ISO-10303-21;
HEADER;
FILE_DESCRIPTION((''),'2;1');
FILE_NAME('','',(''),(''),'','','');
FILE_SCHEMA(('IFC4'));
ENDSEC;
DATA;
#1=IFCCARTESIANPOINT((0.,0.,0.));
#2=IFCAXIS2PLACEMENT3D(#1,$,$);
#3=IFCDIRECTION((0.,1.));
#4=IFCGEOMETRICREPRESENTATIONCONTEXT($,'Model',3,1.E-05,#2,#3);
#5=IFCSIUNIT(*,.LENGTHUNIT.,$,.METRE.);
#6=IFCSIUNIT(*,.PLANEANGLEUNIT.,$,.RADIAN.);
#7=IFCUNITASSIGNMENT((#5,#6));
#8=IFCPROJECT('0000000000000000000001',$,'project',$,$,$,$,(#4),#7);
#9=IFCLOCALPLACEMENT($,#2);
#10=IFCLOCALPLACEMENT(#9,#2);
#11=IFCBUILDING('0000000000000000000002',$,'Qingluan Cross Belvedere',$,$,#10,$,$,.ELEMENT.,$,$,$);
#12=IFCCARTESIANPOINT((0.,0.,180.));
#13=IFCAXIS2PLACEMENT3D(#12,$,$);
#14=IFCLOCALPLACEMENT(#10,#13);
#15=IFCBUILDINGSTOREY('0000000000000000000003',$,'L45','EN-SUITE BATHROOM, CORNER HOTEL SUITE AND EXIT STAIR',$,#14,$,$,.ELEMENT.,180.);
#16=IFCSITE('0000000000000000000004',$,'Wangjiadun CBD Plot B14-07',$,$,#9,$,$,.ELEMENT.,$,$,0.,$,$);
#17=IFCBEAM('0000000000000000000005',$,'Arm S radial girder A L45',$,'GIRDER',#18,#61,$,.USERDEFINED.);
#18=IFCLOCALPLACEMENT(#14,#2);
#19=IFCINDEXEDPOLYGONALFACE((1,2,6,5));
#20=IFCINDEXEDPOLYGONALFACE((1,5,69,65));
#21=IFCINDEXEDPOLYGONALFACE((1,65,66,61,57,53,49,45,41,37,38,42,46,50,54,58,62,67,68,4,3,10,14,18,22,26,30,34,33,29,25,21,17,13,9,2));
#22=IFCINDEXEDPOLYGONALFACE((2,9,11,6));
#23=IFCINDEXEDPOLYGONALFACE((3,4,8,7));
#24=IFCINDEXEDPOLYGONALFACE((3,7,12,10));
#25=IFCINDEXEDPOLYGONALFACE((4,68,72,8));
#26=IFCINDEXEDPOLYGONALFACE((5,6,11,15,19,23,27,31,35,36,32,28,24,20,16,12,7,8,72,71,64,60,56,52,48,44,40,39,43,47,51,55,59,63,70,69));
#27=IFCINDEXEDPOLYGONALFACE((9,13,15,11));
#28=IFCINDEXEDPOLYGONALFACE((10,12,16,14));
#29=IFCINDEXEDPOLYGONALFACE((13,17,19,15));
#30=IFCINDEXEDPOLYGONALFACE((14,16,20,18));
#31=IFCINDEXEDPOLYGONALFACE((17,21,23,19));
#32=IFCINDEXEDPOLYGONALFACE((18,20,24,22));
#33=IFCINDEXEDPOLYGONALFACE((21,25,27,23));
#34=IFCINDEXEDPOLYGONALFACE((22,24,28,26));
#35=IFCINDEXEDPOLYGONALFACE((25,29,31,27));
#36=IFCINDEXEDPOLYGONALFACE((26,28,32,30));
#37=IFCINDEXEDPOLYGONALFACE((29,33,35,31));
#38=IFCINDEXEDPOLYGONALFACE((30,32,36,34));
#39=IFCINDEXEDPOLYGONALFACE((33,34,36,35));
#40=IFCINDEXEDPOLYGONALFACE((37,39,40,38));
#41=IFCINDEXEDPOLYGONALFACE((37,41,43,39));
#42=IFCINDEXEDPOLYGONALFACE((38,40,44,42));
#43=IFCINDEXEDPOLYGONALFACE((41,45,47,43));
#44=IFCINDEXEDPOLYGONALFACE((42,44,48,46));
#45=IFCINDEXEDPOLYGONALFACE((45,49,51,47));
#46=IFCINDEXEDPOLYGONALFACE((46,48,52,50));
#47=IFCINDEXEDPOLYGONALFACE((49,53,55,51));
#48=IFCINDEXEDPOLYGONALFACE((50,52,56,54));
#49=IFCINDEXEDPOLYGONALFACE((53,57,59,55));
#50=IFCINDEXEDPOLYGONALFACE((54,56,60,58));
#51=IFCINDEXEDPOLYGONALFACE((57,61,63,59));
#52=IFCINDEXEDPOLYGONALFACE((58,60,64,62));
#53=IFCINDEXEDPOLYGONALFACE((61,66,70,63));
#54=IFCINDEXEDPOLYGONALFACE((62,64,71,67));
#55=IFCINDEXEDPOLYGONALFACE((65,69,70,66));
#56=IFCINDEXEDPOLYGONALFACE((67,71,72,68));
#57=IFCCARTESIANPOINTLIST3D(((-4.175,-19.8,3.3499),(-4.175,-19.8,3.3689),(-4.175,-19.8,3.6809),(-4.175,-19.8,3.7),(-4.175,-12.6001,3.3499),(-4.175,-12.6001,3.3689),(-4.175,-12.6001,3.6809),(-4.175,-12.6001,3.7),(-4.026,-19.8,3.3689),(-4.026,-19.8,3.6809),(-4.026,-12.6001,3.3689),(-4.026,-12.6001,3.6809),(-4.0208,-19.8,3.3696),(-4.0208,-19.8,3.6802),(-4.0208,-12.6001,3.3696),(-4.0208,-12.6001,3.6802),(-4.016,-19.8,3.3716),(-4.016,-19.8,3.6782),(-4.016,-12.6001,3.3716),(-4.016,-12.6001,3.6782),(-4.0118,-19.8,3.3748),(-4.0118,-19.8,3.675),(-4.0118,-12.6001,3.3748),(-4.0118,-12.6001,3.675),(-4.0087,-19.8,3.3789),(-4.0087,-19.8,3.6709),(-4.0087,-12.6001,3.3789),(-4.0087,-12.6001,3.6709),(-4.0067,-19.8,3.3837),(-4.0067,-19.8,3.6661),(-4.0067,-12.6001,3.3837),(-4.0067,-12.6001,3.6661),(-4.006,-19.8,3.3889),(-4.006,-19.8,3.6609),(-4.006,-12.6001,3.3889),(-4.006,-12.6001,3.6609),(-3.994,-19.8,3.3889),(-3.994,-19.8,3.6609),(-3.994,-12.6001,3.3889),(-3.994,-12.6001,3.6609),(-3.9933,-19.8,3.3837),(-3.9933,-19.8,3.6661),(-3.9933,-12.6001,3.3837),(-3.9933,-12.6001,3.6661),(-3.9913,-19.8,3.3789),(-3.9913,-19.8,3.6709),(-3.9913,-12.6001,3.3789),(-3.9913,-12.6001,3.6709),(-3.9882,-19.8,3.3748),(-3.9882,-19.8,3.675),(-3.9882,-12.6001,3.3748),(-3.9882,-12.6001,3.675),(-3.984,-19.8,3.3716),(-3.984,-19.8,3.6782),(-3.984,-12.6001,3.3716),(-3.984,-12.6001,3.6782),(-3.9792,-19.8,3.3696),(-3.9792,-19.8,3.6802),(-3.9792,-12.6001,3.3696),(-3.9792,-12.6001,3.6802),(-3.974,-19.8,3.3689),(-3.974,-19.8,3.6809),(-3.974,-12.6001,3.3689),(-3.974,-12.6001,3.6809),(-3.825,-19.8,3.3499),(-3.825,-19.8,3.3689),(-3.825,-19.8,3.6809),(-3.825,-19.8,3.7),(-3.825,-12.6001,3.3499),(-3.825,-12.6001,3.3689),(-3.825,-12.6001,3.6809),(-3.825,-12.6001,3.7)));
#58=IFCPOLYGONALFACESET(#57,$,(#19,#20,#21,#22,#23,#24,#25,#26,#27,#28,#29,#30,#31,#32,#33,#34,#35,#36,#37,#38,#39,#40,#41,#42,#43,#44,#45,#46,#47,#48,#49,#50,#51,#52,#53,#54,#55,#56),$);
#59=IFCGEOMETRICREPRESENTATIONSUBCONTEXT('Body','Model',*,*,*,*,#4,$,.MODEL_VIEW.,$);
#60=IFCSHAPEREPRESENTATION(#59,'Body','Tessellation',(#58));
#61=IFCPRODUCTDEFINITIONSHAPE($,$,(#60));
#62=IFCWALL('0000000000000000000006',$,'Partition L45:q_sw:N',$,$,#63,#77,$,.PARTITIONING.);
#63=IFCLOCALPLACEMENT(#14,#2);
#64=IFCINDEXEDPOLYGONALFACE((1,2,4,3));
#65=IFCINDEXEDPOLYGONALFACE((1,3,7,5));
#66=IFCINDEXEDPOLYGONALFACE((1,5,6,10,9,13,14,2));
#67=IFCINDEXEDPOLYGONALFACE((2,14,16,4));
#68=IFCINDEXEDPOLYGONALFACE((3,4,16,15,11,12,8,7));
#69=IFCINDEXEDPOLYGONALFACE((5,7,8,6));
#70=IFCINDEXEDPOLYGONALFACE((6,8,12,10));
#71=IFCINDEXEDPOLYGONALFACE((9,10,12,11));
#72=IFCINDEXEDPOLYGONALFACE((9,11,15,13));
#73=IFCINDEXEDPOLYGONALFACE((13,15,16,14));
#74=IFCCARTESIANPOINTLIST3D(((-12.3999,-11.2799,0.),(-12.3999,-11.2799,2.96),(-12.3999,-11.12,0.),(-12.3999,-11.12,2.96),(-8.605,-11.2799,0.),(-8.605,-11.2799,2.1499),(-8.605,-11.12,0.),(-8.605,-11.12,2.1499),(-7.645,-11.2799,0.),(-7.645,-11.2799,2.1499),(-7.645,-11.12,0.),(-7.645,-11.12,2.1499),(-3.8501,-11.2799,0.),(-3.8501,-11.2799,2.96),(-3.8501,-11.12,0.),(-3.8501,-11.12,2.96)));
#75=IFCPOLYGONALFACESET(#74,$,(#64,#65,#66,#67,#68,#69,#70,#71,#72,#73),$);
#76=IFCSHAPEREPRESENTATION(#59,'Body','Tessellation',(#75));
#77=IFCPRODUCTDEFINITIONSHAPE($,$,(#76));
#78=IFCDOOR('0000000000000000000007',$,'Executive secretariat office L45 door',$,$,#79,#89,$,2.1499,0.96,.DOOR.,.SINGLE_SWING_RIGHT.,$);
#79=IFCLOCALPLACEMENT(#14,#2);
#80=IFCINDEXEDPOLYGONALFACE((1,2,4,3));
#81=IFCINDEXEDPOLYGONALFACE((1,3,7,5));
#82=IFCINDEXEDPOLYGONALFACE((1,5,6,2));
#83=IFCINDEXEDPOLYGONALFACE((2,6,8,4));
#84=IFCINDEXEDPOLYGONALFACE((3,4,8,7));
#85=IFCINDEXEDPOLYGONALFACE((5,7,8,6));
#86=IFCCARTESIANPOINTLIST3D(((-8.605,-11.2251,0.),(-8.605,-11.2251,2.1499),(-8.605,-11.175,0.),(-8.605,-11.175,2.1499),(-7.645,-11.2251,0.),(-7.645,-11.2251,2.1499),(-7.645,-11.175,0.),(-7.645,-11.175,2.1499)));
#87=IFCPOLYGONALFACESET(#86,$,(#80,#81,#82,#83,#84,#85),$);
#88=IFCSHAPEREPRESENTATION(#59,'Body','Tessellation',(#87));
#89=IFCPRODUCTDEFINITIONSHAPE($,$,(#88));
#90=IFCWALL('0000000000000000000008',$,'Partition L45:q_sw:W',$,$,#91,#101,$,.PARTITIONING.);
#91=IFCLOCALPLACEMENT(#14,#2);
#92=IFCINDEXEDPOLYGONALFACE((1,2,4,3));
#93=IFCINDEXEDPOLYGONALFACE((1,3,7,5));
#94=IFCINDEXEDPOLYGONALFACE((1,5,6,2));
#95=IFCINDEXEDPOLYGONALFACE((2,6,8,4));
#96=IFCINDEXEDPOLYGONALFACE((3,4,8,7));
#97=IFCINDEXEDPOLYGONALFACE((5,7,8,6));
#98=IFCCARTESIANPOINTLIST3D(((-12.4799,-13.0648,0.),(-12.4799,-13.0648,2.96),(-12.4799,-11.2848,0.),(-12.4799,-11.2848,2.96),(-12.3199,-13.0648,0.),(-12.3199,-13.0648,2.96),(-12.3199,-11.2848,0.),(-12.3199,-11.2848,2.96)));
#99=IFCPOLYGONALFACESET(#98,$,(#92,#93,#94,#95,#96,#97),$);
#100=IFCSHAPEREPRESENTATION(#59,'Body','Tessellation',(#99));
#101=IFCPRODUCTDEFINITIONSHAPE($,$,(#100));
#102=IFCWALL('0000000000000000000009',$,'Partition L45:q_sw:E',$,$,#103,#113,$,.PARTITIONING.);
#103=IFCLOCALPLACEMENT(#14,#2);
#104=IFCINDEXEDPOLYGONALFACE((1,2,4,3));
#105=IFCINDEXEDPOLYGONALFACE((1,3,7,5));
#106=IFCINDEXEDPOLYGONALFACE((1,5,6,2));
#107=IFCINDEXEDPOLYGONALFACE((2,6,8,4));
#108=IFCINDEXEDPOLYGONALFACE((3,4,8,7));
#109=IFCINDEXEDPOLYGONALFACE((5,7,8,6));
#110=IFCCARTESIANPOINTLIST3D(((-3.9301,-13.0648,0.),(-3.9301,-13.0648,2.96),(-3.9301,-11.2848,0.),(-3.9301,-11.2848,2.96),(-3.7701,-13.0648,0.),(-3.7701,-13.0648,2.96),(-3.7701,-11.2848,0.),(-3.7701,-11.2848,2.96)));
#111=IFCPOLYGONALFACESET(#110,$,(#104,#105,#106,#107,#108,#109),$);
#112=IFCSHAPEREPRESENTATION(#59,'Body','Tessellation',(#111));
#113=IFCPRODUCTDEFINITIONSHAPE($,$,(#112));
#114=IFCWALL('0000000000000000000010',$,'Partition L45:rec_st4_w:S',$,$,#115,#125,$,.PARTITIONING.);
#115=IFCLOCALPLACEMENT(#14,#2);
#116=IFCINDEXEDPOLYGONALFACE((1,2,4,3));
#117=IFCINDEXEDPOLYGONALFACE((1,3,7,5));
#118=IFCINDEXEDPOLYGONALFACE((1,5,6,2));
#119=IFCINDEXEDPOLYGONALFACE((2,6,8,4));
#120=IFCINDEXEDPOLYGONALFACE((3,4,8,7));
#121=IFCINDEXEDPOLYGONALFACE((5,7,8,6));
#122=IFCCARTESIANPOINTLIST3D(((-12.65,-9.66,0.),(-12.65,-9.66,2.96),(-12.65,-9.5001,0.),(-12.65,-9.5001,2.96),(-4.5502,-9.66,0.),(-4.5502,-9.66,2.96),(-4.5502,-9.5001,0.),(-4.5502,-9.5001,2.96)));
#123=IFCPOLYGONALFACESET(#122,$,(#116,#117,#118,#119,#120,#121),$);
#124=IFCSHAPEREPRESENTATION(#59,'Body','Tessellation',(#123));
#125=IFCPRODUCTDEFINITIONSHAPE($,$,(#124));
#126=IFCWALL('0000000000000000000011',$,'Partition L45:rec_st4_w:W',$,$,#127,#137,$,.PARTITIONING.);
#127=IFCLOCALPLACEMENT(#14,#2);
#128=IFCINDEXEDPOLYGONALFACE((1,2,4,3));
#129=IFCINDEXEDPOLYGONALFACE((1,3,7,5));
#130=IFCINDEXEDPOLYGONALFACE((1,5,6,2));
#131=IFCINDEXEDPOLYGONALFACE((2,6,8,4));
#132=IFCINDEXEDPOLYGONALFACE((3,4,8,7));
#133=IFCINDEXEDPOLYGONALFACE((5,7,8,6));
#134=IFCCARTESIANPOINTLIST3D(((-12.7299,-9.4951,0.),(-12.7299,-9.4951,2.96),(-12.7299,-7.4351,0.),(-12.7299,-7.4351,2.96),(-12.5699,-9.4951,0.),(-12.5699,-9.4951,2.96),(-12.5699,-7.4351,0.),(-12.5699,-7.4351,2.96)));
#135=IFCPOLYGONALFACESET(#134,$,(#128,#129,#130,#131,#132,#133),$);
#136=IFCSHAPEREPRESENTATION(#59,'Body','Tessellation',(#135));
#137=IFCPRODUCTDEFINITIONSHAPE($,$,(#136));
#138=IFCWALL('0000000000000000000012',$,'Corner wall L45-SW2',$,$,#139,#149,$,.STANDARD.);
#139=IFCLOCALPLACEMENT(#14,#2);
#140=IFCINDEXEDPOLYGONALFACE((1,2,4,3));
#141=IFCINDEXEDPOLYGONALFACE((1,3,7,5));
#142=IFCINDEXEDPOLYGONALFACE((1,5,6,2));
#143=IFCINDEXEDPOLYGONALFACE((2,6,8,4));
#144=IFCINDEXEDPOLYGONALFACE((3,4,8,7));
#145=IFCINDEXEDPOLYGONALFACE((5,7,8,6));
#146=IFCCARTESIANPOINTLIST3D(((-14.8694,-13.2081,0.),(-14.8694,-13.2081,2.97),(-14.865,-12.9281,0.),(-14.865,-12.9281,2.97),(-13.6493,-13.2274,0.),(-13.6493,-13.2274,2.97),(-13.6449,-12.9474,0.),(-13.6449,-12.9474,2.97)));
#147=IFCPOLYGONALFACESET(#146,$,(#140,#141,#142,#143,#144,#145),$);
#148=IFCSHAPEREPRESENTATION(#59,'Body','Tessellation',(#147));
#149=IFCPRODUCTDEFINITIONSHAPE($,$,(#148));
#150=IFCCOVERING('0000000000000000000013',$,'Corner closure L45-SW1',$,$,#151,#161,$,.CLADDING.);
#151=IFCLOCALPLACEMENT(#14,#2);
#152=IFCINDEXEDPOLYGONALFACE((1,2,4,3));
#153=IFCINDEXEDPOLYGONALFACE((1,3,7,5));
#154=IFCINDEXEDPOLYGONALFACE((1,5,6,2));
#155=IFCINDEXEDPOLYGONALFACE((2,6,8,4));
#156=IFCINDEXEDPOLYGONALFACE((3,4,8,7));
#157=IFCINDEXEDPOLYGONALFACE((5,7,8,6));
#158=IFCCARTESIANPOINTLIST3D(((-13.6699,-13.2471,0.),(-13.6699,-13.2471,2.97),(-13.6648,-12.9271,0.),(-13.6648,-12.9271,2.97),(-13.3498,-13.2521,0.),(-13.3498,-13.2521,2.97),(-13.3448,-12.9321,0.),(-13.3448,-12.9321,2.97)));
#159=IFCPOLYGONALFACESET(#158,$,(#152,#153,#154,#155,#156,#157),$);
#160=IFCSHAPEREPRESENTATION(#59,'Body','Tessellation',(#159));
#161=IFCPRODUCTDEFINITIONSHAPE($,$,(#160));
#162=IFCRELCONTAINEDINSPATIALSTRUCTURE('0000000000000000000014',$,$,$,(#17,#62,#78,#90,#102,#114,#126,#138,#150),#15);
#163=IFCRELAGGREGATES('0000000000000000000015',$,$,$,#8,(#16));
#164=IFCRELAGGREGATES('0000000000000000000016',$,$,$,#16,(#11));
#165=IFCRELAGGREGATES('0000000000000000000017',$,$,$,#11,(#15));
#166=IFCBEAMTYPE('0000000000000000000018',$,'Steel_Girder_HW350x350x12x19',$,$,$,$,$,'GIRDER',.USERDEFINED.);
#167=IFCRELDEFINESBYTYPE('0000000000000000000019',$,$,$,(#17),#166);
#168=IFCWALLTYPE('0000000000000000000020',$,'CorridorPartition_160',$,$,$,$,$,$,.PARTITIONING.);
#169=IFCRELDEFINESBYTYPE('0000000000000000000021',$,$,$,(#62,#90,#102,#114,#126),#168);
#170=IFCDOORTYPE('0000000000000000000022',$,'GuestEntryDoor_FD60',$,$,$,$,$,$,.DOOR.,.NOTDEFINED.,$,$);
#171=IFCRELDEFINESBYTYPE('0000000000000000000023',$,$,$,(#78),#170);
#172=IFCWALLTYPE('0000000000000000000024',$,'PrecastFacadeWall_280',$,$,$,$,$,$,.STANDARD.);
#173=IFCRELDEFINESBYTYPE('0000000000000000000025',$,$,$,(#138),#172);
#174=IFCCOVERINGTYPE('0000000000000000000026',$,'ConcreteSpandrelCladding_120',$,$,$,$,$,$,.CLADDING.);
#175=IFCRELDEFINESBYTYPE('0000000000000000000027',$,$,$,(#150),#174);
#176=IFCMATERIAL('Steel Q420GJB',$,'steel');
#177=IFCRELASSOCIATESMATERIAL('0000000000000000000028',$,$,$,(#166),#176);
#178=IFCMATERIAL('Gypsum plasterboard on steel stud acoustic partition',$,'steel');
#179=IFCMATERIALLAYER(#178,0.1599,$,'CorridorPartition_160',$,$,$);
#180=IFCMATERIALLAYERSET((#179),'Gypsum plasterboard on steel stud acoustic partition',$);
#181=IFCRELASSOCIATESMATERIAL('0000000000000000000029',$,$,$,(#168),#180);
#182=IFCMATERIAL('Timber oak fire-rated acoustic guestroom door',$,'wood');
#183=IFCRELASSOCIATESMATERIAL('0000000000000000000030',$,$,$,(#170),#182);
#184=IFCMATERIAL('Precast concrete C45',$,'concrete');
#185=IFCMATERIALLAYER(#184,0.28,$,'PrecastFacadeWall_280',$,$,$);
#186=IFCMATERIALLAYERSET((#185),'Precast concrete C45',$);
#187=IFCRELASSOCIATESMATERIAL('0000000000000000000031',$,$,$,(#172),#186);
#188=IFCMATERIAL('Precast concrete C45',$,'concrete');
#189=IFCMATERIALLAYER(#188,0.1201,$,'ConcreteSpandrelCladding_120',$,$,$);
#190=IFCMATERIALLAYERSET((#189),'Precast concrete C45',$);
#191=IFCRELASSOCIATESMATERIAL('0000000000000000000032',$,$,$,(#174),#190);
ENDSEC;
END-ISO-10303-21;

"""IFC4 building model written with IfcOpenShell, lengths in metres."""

from ifc_helpers import new_model, si_unit, direction, frame, frame_2d, origin, origin_2d, place, context, subcontext, project, spatial, rectangle, i_section, extrude, material, layer, layer_set, material_profile, profile_set, type_object, element, fill, save


model = new_model("IFC4")

# Units and contexts
model_context = context("Model", 3, precision=1e-05, world=origin(), true_north=direction((0.0, 1.0)))
body_context = subcontext(model_context, "Body", "Model", "MODEL_VIEW")
ifc_project = project(units=[si_unit("LENGTHUNIT", "METRE"), si_unit("PLANEANGLEUNIT", "RADIAN")], contexts=[model_context])

# Site, building, storey
site_placement = place(None, origin())
site = spatial("IfcSite", under=ifc_project, at=site_placement, Name="Wangjiadun CBD Plot B14-07", CompositionType="ELEMENT", RefElevation=0.0)
building_placement = place(site_placement, origin())
building = spatial("IfcBuilding", under=site, at=building_placement, Name="Qingluan Cross Belvedere", CompositionType="ELEMENT")
storey_placement = place(building_placement, frame((0.0, 0.0, 180.0)))
storey = spatial("IfcBuildingStorey", under=building, at=storey_placement, Name="L45", Description="EN-SUITE BATHROOM, CORNER HOTEL SUITE AND EXIT STAIR", CompositionType="ELEMENT", Elevation=180.0)

# Beam
ifc_material_1 = material(Name="Steel Q420GJB", Category="steel")
ifc_material_profile_1 = material_profile(ifc_material_1, i_section(OverallWidth=0.3501, OverallDepth=0.3501, WebThickness=0.012, FlangeThickness=0.019, FilletRadius=0.02, at=origin_2d()), Name="HW350x350x12x19")
ifc_profile_set_1 = profile_set([ifc_material_profile_1], Name="Steel Q420GJB")
beam_type_1 = type_object("IfcBeamType", Name="Steel_Girder_HW350x350x12x19", ElementType="GIRDER", PredefinedType="USERDEFINED", material=ifc_profile_set_1)
beam_1_placement = place(storey_placement, frame((-4.0, -12.6001, 3.5249), z_axis=(0.0, -1.0, 0.0), x_axis=(1.0, 0.0, 0.0)))
element("IfcBeam", 1, at=beam_1_placement, inside=storey, type_object=beam_type_1, Name="Arm S radial girder A L45", ObjectType="GIRDER", PredefinedType="USERDEFINED", context=body_context, shape_type="SweptSolid", body=[
    extrude(i_section(OverallWidth=0.3501, OverallDepth=0.3501, WebThickness=0.012, FlangeThickness=0.019, FilletRadius=0.02, at=origin_2d()), origin(), (0.0, 0.0, 1.0), 7.2),
])

# Wall, opening, door
ifc_material_2 = material(Name="Gypsum plasterboard on steel stud acoustic partition", Category="steel")
ifc_layer_1 = layer(ifc_material_2, 0.1599, Name="CorridorPartition_160")
ifc_layer_set_1 = layer_set([ifc_layer_1], Name="Gypsum plasterboard on steel stud acoustic partition")
wall_type_1 = type_object("IfcWallType", Name="CorridorPartition_160", PredefinedType="PARTITIONING", material=ifc_layer_set_1)
wall_1_placement = place(storey_placement, frame((-12.3999, -11.2, 0.0), z_axis=(0.0, 0.0, 1.0), x_axis=(1.0, 0.0, 0.0)))
wall_1 = element("IfcWall", 2, at=wall_1_placement, inside=storey, type_object=wall_type_1, Name="Partition L45:q_sw:N", PredefinedType="PARTITIONING", context=body_context, shape_type="SweptSolid", body=[
    extrude(rectangle(XDim=8.5498, YDim=0.1599, at=frame_2d((4.2749, 0.0))), origin(), (0.0, 0.0, 1.0), 2.96),
])
opening_1_placement = place(wall_1_placement, frame((3.7949, 0.0, 0.0)))
opening_1 = element("IfcOpeningElement", 3, at=opening_1_placement, cuts=wall_1, PredefinedType="OPENING", context=body_context, shape_type="SweptSolid", body=[
    extrude(rectangle(XDim=0.96, YDim=2.1499, at=frame_2d((0.48, 1.075))), frame((0.0, 0.0898, 0.0), z_axis=(0.0, -1.0, 0.0), x_axis=(1.0, 0.0, 0.0)), (0.0, 0.0, 1.0), 0.1799),
])
ifc_material_3 = material(Name="Timber oak fire-rated acoustic guestroom door", Category="wood")
door_type = type_object("IfcDoorType", Name="GuestEntryDoor_FD60", OperationType="NOTDEFINED", PredefinedType="DOOR", material=ifc_material_3)
door_1_placement = place(opening_1_placement, origin())
door_1 = element("IfcDoor", 4, at=door_1_placement, inside=storey, type_object=door_type, Name="Executive secretariat office L45 door", OperationType="SINGLE_SWING_RIGHT", OverallHeight=2.1499, OverallWidth=0.96, PredefinedType="DOOR", context=body_context, shape_type="SweptSolid", body=[
    extrude(rectangle(XDim=0.96, YDim=2.1499, at=frame_2d((0.48, 1.075))), frame((0.0, 0.0249, 0.0), z_axis=(0.0, -1.0, 0.0), x_axis=(1.0, 0.0, 0.0)), (0.0, 0.0, 1.0), 0.05),
])
fill(opening_1, door_1)

# Walls
for number, where, z_axis, x_axis, name in (
    (5, (-12.3999, -13.0649, 0.0), (0.0, 0.0, 1.0), (0.0, 1.0, 0.0), "Partition L45:q_sw:W"),
    (6, (-3.8501, -13.0649, 0.0), (0.0, 0.0, 1.0), (0.0, 1.0, 0.0), "Partition L45:q_sw:E"),
):
    element("IfcWall", number, at=place(storey_placement, frame(where, z_axis=z_axis, x_axis=x_axis)), inside=storey, type_object=wall_type_1, Name=name, PredefinedType="PARTITIONING", context=body_context, shape_type="SweptSolid", body=[
        extrude(rectangle(XDim=1.78, YDim=0.1599, at=frame_2d((0.8901, 0.0))), origin(), (0.0, 0.0, 1.0), 2.96),
    ])
wall_2_placement = place(storey_placement, frame((-12.6499, -9.5801, 0.0), z_axis=(0.0, 0.0, 1.0), x_axis=(1.0, 0.0, 0.0)))
element("IfcWall", 7, at=wall_2_placement, inside=storey, type_object=wall_type_1, Name="Partition L45:rec_st4_w:S", PredefinedType="PARTITIONING", context=body_context, shape_type="SweptSolid", body=[
    extrude(rectangle(XDim=8.0999, YDim=0.1599, at=frame_2d((4.0498, 0.0))), origin(), (0.0, 0.0, 1.0), 2.96),
])
wall_3_placement = place(storey_placement, frame((-12.6499, -9.4951, 0.0), z_axis=(0.0, 0.0, 1.0), x_axis=(0.0, 1.0, 0.0)))
element("IfcWall", 8, at=wall_3_placement, inside=storey, type_object=wall_type_1, Name="Partition L45:rec_st4_w:W", PredefinedType="PARTITIONING", context=body_context, shape_type="SweptSolid", body=[
    extrude(rectangle(XDim=2.0601, YDim=0.1599, at=frame_2d((1.03, 0.0))), origin(), (0.0, 0.0, 1.0), 2.96),
])

# Wall
ifc_material_4 = material(Name="Precast concrete C45", Category="concrete")
ifc_layer_2 = layer(ifc_material_4, 0.28, Name="PrecastFacadeWall_280")
ifc_layer_set_2 = layer_set([ifc_layer_2], Name="Precast concrete C45")
wall_type_2 = type_object("IfcWallType", Name="PrecastFacadeWall_280", PredefinedType="STANDARD", material=ifc_layer_set_2)
wall_4_placement = place(storey_placement, frame((-14.8672, -13.0681, 0.0), z_axis=(0.0, 0.0, 1.0), x_axis=(0.999875, -0.015808, 0.0)))
element("IfcWall", 9, at=wall_4_placement, inside=storey, type_object=wall_type_2, Name="Corner wall L45-SW2", PredefinedType="STANDARD", context=body_context, shape_type="SweptSolid", body=[
    extrude(rectangle(XDim=1.2202, YDim=0.28, at=frame_2d((0.6101, 0.0))), origin(), (0.0, 0.0, 1.0), 2.97),
])

# Covering
ifc_material_5 = material(Name="Precast concrete C45", Category="concrete")
ifc_layer_3 = layer(ifc_material_5, 0.1201, Name="ConcreteSpandrelCladding_120")
ifc_layer_set_3 = layer_set([ifc_layer_3], Name="Precast concrete C45")
covering_type = type_object("IfcCoveringType", Name="ConcreteSpandrelCladding_120", PredefinedType="CLADDING", material=ifc_layer_set_3)
covering_placement = place(storey_placement, frame((-13.5073, -13.0896, 0.0), z_axis=(0.0, 0.0, 1.0), x_axis=(0.999877, -0.015707, 0.0)))
element("IfcCovering", 10, at=covering_placement, inside=storey, type_object=covering_type, Name="Corner closure L45-SW1", PredefinedType="CLADDING", context=body_context, shape_type="SweptSolid", body=[
    extrude(rectangle(XDim=0.3201, YDim=0.3201, at=origin_2d()), origin(), (0.0, 0.0, 1.0), 2.97),
])

save(model, "model.ifc")
